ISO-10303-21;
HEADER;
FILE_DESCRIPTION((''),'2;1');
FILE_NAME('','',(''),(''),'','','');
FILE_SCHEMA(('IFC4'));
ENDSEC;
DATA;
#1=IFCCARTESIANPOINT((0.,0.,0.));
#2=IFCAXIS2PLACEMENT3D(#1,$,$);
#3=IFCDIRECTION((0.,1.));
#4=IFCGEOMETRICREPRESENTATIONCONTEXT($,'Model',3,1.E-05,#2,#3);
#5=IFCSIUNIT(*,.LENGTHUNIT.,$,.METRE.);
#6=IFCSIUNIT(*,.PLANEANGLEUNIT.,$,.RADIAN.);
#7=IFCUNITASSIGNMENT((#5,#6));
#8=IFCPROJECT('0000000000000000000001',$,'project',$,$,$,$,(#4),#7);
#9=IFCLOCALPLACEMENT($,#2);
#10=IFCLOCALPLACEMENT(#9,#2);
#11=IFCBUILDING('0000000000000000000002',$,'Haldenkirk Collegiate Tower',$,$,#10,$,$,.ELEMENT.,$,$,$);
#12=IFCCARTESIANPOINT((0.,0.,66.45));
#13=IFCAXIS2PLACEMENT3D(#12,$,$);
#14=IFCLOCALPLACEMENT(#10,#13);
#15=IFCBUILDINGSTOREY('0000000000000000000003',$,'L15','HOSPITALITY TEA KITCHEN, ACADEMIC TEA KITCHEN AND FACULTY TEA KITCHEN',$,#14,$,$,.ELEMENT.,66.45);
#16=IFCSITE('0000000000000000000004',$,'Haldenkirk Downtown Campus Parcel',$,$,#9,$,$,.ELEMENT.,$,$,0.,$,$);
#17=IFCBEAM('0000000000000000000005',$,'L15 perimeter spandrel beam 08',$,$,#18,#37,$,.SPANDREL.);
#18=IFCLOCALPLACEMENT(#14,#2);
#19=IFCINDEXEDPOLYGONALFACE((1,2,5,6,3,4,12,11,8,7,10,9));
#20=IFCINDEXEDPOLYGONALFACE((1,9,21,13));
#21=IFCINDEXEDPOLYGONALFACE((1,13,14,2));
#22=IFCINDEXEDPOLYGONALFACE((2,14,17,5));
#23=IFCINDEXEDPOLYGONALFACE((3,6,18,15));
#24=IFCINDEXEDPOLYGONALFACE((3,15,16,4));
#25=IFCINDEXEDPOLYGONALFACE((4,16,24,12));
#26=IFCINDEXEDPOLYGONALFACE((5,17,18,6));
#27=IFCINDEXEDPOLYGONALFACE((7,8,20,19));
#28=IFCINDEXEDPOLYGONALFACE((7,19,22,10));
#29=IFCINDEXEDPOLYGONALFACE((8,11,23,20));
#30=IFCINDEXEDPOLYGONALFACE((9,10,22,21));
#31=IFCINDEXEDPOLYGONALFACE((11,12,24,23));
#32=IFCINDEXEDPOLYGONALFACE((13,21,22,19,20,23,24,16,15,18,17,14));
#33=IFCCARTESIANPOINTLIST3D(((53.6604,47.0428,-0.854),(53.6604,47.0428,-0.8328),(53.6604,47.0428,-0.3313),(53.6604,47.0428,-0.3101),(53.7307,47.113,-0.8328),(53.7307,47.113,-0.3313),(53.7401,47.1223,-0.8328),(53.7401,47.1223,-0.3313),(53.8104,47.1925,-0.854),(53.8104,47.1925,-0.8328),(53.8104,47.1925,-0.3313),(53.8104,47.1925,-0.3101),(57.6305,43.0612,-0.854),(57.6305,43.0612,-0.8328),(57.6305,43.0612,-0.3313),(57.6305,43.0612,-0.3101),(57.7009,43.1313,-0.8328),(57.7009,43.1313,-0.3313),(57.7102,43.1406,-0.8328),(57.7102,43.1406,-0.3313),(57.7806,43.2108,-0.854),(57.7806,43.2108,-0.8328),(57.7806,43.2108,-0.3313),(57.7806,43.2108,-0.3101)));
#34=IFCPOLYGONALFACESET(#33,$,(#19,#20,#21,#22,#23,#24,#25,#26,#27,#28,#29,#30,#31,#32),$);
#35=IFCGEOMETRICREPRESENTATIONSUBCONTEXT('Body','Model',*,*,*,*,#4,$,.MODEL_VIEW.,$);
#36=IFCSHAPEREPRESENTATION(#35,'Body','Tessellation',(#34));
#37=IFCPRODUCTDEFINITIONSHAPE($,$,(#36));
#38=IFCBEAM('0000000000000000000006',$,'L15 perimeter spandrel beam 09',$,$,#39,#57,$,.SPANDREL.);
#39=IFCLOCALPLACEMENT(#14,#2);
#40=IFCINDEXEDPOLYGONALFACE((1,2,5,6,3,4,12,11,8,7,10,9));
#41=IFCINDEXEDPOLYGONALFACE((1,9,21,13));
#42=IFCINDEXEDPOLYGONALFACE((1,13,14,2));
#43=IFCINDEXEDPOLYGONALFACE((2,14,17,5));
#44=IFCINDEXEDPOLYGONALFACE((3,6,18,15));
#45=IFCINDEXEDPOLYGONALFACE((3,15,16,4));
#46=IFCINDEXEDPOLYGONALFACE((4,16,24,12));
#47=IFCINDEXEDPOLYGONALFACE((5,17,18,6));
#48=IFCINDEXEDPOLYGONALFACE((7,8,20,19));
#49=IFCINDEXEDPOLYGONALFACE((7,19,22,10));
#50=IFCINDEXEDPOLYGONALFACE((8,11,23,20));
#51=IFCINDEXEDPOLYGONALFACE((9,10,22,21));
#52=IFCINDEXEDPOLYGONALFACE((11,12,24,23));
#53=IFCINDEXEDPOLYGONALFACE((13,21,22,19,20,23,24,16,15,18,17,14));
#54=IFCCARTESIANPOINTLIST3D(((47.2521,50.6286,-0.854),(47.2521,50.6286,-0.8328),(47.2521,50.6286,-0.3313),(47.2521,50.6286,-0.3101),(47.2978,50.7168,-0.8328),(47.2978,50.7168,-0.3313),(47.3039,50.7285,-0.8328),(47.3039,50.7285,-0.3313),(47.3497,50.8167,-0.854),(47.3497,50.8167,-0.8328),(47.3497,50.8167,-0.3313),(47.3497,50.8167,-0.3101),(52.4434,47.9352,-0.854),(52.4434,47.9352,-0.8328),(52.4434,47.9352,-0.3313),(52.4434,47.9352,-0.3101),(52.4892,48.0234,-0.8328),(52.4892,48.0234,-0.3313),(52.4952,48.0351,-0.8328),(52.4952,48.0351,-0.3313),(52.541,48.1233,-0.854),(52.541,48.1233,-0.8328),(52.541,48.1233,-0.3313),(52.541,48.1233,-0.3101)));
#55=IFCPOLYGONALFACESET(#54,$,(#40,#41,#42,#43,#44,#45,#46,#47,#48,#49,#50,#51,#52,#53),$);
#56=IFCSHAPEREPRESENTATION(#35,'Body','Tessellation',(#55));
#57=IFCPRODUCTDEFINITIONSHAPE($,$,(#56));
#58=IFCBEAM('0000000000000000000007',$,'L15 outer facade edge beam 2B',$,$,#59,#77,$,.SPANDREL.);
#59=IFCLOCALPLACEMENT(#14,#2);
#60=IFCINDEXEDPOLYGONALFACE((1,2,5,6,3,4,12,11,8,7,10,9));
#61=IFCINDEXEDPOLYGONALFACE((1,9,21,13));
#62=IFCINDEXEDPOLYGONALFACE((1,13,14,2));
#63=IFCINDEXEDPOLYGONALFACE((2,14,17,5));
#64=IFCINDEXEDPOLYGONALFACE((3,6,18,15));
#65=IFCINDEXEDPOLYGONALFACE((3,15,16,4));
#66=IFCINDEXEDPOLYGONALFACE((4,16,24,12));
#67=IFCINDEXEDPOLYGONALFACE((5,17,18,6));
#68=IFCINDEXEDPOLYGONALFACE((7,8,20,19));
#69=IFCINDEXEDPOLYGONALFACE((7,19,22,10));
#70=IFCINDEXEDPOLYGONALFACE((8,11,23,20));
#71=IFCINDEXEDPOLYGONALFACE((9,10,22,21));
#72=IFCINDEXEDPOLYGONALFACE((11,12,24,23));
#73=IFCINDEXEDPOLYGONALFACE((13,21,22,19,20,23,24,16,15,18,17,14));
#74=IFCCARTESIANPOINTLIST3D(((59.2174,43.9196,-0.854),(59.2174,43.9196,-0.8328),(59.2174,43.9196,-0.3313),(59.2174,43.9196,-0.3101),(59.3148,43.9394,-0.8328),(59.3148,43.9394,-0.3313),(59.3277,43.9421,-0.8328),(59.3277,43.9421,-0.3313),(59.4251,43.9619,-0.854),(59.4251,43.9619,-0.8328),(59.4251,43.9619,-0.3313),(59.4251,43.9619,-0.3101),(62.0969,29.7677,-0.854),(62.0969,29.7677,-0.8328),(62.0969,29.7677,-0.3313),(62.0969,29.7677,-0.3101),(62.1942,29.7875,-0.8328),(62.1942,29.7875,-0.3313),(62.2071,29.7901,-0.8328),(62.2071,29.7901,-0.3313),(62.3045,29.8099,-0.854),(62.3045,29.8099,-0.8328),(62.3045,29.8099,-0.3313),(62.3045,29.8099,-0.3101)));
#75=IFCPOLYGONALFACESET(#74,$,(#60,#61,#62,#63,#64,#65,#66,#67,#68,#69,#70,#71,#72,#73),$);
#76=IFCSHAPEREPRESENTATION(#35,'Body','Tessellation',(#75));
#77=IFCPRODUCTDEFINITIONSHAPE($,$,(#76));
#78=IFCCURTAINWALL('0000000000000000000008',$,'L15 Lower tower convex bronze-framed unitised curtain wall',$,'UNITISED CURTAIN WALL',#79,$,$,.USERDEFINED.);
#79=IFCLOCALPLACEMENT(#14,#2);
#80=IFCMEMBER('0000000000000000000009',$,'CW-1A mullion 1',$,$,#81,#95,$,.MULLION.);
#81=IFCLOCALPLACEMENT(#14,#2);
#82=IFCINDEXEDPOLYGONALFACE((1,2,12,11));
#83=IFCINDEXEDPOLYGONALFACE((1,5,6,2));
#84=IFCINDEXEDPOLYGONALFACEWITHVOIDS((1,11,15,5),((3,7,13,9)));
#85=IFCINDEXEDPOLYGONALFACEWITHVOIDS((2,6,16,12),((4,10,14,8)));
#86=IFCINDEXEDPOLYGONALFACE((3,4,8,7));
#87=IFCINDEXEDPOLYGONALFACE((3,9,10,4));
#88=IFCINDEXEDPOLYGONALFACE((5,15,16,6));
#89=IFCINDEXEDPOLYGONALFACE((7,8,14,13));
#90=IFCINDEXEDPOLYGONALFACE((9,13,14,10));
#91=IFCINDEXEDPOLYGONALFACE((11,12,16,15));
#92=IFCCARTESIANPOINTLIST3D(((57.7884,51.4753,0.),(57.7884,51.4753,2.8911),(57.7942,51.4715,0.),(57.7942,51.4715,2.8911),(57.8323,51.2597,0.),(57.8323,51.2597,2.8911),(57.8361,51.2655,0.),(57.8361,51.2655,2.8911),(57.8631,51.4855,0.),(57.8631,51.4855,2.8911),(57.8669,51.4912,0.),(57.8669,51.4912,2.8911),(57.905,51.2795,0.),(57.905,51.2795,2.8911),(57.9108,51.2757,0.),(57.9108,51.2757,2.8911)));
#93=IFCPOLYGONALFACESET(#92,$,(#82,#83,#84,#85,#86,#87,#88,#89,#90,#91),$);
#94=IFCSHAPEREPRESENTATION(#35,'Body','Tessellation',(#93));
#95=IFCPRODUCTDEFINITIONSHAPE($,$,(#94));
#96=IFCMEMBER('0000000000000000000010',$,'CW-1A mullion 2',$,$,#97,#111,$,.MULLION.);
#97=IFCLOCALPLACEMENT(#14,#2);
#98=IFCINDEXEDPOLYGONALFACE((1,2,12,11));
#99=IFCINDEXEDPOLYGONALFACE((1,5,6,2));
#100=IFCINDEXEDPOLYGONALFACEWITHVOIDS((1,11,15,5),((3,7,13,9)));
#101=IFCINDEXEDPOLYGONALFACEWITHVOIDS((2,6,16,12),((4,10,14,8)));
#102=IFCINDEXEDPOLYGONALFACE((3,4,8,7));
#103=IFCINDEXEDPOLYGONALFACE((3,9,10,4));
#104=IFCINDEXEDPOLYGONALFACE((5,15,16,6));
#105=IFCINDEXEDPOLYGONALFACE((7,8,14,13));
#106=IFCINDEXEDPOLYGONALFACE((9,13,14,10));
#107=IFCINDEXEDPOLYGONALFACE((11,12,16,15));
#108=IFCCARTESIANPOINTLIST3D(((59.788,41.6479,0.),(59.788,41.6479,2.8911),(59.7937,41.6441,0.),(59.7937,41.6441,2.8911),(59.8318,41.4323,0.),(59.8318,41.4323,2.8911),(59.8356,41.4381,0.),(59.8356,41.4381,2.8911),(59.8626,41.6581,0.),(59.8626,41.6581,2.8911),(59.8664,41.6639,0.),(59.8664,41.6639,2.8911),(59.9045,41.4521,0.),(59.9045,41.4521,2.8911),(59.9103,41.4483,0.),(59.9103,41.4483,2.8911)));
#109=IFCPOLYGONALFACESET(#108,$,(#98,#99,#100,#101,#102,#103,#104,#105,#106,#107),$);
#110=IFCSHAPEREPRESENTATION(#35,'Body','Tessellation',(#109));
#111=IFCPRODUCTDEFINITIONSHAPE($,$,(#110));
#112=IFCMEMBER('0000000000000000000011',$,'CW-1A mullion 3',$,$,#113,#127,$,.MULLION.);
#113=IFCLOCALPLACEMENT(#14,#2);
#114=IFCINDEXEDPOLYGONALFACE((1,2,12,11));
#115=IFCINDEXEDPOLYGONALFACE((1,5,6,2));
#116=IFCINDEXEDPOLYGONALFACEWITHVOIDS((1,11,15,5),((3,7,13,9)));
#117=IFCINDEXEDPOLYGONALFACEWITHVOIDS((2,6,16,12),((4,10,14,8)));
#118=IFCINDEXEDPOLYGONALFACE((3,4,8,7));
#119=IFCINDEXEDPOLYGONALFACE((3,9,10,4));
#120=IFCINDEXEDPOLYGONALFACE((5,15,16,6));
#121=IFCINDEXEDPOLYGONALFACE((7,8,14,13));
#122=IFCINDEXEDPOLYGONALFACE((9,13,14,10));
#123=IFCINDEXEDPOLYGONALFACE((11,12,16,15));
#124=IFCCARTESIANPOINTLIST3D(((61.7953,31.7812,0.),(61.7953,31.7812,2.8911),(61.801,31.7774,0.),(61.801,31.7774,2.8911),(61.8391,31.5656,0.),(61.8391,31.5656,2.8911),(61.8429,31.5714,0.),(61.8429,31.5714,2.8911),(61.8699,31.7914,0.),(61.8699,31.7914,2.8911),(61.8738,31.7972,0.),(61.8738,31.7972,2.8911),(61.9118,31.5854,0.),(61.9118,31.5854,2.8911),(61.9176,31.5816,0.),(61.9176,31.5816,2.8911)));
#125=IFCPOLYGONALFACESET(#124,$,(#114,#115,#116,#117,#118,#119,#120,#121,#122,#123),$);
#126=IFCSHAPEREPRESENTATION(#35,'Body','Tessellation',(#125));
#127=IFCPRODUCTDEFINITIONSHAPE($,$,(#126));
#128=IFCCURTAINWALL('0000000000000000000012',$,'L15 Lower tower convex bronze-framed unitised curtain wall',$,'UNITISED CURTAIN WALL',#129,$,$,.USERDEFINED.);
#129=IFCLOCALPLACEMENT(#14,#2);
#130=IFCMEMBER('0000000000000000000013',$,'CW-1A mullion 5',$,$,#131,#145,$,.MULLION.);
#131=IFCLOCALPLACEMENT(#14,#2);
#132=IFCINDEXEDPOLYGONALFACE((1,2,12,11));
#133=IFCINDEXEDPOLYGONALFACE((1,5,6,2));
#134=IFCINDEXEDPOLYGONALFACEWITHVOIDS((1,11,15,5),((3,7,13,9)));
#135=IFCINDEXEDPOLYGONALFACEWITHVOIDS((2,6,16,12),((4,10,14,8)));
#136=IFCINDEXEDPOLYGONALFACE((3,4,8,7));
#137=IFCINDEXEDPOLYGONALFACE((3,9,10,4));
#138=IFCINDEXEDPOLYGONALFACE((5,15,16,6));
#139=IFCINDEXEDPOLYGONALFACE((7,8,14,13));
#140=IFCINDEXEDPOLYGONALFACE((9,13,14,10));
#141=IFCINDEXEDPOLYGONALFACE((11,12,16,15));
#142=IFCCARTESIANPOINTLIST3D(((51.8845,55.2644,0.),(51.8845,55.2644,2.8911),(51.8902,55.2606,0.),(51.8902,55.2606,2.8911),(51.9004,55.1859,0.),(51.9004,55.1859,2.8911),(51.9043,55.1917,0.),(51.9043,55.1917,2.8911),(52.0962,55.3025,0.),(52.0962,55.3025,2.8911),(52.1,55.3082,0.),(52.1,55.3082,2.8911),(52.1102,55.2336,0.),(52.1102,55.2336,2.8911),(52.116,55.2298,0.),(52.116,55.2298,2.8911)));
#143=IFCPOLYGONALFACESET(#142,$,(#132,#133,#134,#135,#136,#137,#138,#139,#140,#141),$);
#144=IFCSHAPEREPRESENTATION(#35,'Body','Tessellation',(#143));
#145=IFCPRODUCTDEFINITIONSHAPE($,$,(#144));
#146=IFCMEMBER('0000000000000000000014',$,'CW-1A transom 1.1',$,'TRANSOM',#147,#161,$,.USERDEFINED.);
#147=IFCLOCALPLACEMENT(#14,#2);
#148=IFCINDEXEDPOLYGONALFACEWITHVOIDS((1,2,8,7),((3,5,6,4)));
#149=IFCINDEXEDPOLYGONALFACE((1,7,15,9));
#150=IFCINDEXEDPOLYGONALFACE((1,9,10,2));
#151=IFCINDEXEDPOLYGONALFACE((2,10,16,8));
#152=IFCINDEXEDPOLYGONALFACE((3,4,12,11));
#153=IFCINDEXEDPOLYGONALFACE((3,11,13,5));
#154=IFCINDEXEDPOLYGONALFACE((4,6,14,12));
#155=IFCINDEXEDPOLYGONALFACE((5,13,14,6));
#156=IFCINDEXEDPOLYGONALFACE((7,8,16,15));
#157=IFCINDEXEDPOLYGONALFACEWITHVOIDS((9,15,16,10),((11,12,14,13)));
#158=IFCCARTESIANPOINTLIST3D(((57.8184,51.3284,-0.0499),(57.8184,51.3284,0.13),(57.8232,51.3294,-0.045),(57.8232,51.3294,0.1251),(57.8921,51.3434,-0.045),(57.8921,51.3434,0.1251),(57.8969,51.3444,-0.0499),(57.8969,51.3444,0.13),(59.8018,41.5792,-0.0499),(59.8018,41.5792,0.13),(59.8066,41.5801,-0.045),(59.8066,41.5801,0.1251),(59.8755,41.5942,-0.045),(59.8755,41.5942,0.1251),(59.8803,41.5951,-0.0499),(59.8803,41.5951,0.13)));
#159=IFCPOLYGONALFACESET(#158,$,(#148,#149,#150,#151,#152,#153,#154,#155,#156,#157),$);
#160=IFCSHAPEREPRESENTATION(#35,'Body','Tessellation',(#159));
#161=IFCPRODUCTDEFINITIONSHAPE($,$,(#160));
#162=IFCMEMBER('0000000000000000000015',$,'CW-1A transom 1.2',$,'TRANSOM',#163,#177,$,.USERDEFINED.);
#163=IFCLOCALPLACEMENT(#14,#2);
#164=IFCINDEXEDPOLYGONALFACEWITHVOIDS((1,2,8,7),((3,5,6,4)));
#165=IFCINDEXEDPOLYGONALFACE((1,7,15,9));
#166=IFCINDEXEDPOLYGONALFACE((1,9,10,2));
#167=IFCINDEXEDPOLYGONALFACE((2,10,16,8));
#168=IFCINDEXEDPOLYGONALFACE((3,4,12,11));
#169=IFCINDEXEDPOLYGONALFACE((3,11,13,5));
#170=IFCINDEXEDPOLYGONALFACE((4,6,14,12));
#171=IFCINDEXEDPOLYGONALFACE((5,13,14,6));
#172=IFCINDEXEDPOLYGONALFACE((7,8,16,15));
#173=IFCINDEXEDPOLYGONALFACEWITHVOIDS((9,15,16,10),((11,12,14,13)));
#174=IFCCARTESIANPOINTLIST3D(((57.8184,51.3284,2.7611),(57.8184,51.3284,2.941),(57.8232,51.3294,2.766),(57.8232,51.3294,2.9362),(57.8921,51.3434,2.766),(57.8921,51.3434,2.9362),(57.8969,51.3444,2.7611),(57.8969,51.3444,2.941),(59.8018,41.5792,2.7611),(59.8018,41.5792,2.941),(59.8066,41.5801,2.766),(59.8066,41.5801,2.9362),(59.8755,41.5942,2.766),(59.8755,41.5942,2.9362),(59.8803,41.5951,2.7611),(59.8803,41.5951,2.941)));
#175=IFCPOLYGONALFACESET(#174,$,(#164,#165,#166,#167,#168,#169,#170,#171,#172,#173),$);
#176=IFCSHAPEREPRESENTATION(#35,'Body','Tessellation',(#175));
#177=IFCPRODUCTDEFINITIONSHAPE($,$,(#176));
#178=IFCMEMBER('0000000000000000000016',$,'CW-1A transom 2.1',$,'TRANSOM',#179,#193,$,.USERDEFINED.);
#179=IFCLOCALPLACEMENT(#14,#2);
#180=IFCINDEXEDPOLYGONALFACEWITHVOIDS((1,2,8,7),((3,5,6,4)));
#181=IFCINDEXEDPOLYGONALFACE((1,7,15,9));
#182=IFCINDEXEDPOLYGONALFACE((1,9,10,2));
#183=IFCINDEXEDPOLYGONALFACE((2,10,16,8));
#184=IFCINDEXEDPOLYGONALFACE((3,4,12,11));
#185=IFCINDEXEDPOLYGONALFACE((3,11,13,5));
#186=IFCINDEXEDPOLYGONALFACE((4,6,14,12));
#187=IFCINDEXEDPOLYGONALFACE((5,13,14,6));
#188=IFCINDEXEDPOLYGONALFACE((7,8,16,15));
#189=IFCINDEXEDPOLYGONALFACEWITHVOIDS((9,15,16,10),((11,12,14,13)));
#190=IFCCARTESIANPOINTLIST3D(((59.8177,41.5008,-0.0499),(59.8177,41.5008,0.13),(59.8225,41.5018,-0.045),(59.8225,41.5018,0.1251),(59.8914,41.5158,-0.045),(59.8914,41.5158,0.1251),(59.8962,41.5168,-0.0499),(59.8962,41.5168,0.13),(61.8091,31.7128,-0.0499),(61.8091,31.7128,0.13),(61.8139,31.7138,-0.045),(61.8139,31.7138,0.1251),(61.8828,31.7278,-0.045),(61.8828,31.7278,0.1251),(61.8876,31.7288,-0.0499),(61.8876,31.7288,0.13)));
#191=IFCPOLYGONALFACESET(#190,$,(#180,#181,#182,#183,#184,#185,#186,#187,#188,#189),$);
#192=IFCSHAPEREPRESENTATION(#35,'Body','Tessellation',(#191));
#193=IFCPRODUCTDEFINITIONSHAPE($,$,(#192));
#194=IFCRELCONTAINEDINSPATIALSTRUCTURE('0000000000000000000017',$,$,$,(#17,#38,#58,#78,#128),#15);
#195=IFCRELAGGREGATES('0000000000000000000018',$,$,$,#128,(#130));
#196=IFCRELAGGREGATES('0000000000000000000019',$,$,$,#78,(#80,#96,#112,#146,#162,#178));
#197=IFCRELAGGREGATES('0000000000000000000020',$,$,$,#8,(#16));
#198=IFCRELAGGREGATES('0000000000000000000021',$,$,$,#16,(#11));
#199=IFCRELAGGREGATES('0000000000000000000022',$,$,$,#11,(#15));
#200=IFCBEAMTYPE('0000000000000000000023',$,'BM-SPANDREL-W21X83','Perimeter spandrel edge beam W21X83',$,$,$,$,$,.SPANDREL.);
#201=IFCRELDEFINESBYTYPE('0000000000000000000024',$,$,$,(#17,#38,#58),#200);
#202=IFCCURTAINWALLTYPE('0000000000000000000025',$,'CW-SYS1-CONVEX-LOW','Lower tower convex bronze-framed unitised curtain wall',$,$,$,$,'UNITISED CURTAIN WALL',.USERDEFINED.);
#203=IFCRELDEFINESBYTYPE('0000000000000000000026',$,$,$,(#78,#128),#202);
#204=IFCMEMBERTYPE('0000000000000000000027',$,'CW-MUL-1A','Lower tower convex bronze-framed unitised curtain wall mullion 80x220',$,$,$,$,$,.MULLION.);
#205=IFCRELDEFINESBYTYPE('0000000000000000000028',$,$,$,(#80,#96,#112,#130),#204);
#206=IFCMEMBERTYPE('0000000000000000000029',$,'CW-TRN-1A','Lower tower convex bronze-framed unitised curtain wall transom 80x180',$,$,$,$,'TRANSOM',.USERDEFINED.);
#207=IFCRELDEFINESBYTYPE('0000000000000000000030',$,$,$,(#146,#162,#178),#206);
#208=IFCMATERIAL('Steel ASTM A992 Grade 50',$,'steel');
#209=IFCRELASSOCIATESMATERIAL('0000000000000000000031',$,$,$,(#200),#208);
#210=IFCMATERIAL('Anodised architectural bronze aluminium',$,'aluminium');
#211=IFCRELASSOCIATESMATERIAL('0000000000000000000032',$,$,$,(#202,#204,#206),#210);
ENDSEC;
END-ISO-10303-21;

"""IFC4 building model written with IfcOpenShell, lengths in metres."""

from ifc_helpers import new_model, si_unit, direction, frame, origin, origin_2d, place, context, subcontext, project, spatial, hollow_rectangle, i_section, extrude, material, material_profile, profile_set, type_object, element, aggregate, save


model = new_model("IFC4")

# Units and contexts
model_context = context("Model", 3, precision=1e-05, world=origin(), true_north=direction((0.0, 1.0)))
body_context = subcontext(model_context, "Body", "Model", "MODEL_VIEW")
ifc_project = project(units=[si_unit("LENGTHUNIT", "METRE"), si_unit("PLANEANGLEUNIT", "RADIAN")], contexts=[model_context])

# Site, building, storey
site_placement = place(None, origin())
site = spatial("IfcSite", under=ifc_project, at=site_placement, Name="Haldenkirk Downtown Campus Parcel", CompositionType="ELEMENT", RefElevation=0.0)
building_placement = place(site_placement, origin())
building = spatial("IfcBuilding", under=site, at=building_placement, Name="Haldenkirk Collegiate Tower", CompositionType="ELEMENT")
storey_placement = place(building_placement, frame((0.0, 0.0, 66.45)))
storey = spatial("IfcBuildingStorey", under=building, at=storey_placement, Name="L15", Description="HOSPITALITY TEA KITCHEN, ACADEMIC TEA KITCHEN AND FACULTY TEA KITCHEN", CompositionType="ELEMENT", Elevation=66.45)

# Beams
ifc_material_1 = material(Name="Steel ASTM A992 Grade 50", Category="steel")
ifc_material_profile_1 = material_profile(ifc_material_1, i_section(OverallWidth=0.2119, OverallDepth=0.5439, WebThickness=0.0132, FlangeThickness=0.0212, at=origin_2d()), Name="W21X83")
ifc_profile_set_1 = profile_set([ifc_material_profile_1], Name="Steel ASTM A992 Grade 50")
beam_type_1 = type_object("IfcBeamType", Name="BM-SPANDREL-W21X83", Description="Perimeter spandrel edge beam W21X83", PredefinedType="SPANDREL", material=ifc_profile_set_1)
beam_1_placement = place(storey_placement, frame((57.7056, 43.136, -0.582), z_axis=(-0.706086, 0.708126, 0.0), x_axis=(-0.708126, -0.706086, 0.0)))
element("IfcBeam", 1, at=beam_1_placement, inside=storey, type_object=beam_type_1, Name="L15 perimeter spandrel beam 08", PredefinedType="SPANDREL", context=body_context, shape_type="SweptSolid", body=[
    extrude(i_section(OverallWidth=0.2119, OverallDepth=0.5439, WebThickness=0.0132, FlangeThickness=0.0212, at=origin_2d()), origin(), (0.0, 0.0, 1.0), 5.6228),
])
beam_2_placement = place(storey_placement, frame((52.4922, 48.0293, -0.582), z_axis=(-0.887648, 0.460522, 0.0), x_axis=(-0.460522, -0.887648, 0.0)))
element("IfcBeam", 2, at=beam_2_placement, inside=storey, type_object=beam_type_1, Name="L15 perimeter spandrel beam 09", PredefinedType="SPANDREL", context=body_context, shape_type="SweptSolid", body=[
    extrude(i_section(OverallWidth=0.2119, OverallDepth=0.5439, WebThickness=0.0132, FlangeThickness=0.0212, at=origin_2d()), origin(), (0.0, 0.0, 1.0), 5.8484),
])
beam_3_placement = place(storey_placement, frame((62.2007, 29.7888, -0.582), z_axis=(-0.199379, 0.979922, 0.0), x_axis=(-0.979922, -0.199379, 0.0)))
element("IfcBeam", 3, at=beam_3_placement, inside=storey, type_object=beam_type_1, Name="L15 outer facade edge beam 2B", PredefinedType="SPANDREL", context=body_context, shape_type="SweptSolid", body=[
    extrude(i_section(OverallWidth=0.2119, OverallDepth=0.5439, WebThickness=0.0132, FlangeThickness=0.0212, at=origin_2d()), origin(), (0.0, 0.0, 1.0), 14.4419),
])

# Curtain wall, members
ifc_material_2 = material(Name="Anodised architectural bronze aluminium", Category="aluminium")
curtain_wall_type = type_object("IfcCurtainWallType", Name="CW-SYS1-CONVEX-LOW", Description="Lower tower convex bronze-framed unitised curtain wall", ElementType="UNITISED CURTAIN WALL", PredefinedType="USERDEFINED", material=ifc_material_2)
curtain_wall_1_placement = place(storey_placement, origin())
curtain_wall_1 = element("IfcCurtainWall", 4, at=curtain_wall_1_placement, inside=storey, type_object=curtain_wall_type, Name="L15 Lower tower convex bronze-framed unitised curtain wall", ObjectType="UNITISED CURTAIN WALL", PredefinedType="USERDEFINED")
ifc_material_profile_2 = material_profile(ifc_material_2, hollow_rectangle(XDim=0.0801, YDim=0.22, WallThickness=0.0049, at=origin_2d()), Name="CW-MUL-1A")
ifc_profile_set_2 = profile_set([ifc_material_profile_2], Name="Anodised architectural bronze aluminium")
member_type_1 = type_object("IfcMemberType", Name="CW-MUL-1A", Description="Lower tower convex bronze-framed unitised curtain wall mullion 80x220", PredefinedType="MULLION", material=ifc_profile_set_2)
member_1_placement = place(storey_placement, frame((57.8496, 51.3755, 0.0), z_axis=(0.0, 0.0, 1.0), x_axis=(0.979924, 0.199369, 0.0)))
member_1 = element("IfcMember", 5, at=member_1_placement, type_object=member_type_1, Name="CW-1A mullion 1", PredefinedType="MULLION", context=body_context, shape_type="SweptSolid", body=[
    extrude(hollow_rectangle(XDim=0.0801, YDim=0.22, WallThickness=0.0049, at=origin_2d()), origin(), (0.0, 0.0, 1.0), 2.8911),
])
member_2_placement = place(storey_placement, frame((59.8491, 41.5481, 0.0), z_axis=(0.0, 0.0, 1.0), x_axis=(0.979924, 0.199369, 0.0)))
member_2 = element("IfcMember", 6, at=member_2_placement, type_object=member_type_1, Name="CW-1A mullion 2", PredefinedType="MULLION", context=body_context, shape_type="SweptSolid", body=[
    extrude(hollow_rectangle(XDim=0.0801, YDim=0.22, WallThickness=0.0049, at=origin_2d()), origin(), (0.0, 0.0, 1.0), 2.8911),
])
member_3_placement = place(storey_placement, frame((61.8564, 31.6814, 0.0), z_axis=(0.0, 0.0, 1.0), x_axis=(0.979924, 0.199369, 0.0)))
member_3 = element("IfcMember", 7, at=member_3_placement, type_object=member_type_1, Name="CW-1A mullion 3", PredefinedType="MULLION", context=body_context, shape_type="SweptSolid", body=[
    extrude(hollow_rectangle(XDim=0.0801, YDim=0.22, WallThickness=0.0049, at=origin_2d()), origin(), (0.0, 0.0, 1.0), 2.8911),
])

# Curtain wall, member
curtain_wall_2_placement = place(storey_placement, origin())
curtain_wall_2 = element("IfcCurtainWall", 8, at=curtain_wall_2_placement, inside=storey, type_object=curtain_wall_type, Name="L15 Lower tower convex bronze-framed unitised curtain wall", ObjectType="UNITISED CURTAIN WALL", PredefinedType="USERDEFINED")
member_4_placement = place(storey_placement, frame((52.0002, 55.2471, 0.0), z_axis=(0.0, 0.0, 1.0), x_axis=(-0.199369, 0.979925, 0.0)))
member_4 = element("IfcMember", 9, at=member_4_placement, type_object=member_type_1, Name="CW-1A mullion 5", PredefinedType="MULLION", context=body_context, shape_type="SweptSolid", body=[
    extrude(hollow_rectangle(XDim=0.0801, YDim=0.22, WallThickness=0.0049, at=origin_2d()), origin(), (0.0, 0.0, 1.0), 2.8911),
])
aggregate(curtain_wall_2, [member_4])

# Members
ifc_material_profile_3 = material_profile(ifc_material_2, hollow_rectangle(XDim=0.0801, YDim=0.1799, WallThickness=0.0049, at=origin_2d()), Name="CW-TRN-1A")
ifc_profile_set_3 = profile_set([ifc_material_profile_3], Name="Anodised architectural bronze aluminium")
member_type_2 = type_object("IfcMemberType", Name="CW-TRN-1A", Description="Lower tower convex bronze-framed unitised curtain wall transom 80x180", ElementType="TRANSOM", PredefinedType="USERDEFINED", material=ifc_profile_set_3)
member_5_placement = place(storey_placement, frame((57.8577, 51.3364, 0.04), z_axis=(0.199357, -0.979927, 0.0), x_axis=(0.979927, 0.199357, 0.0)))
member_5 = element("IfcMember", 10, at=member_5_placement, type_object=member_type_2, Name="CW-1A transom 1.1", ObjectType="TRANSOM", PredefinedType="USERDEFINED", context=body_context, shape_type="SweptSolid", body=[
    extrude(hollow_rectangle(XDim=0.0801, YDim=0.1799, WallThickness=0.0049, at=origin_2d()), origin(), (0.0, 0.0, 1.0), 9.949),
])
member_6_placement = place(storey_placement, frame((57.8577, 51.3364, 2.8511), z_axis=(0.199357, -0.979927, 0.0), x_axis=(0.979927, 0.199357, 0.0)))
member_6 = element("IfcMember", 11, at=member_6_placement, type_object=member_type_2, Name="CW-1A transom 1.2", ObjectType="TRANSOM", PredefinedType="USERDEFINED", context=body_context, shape_type="SweptSolid", body=[
    extrude(hollow_rectangle(XDim=0.0801, YDim=0.1799, WallThickness=0.0049, at=origin_2d()), origin(), (0.0, 0.0, 1.0), 9.949),
])
member_7_placement = place(storey_placement, frame((59.8569, 41.5088, 0.04), z_axis=(0.199372, -0.979924, 0.0), x_axis=(0.979924, 0.199372, 0.0)))
member_7 = element("IfcMember", 12, at=member_7_placement, type_object=member_type_2, Name="CW-1A transom 2.1", ObjectType="TRANSOM", PredefinedType="USERDEFINED", context=body_context, shape_type="SweptSolid", body=[
    extrude(hollow_rectangle(XDim=0.0801, YDim=0.1799, WallThickness=0.0049, at=origin_2d()), origin(), (0.0, 0.0, 1.0), 9.9885),
])

aggregate(curtain_wall_1, [member_1, member_2, member_3, member_5, member_6, member_7])

save(model, "model.ifc")
